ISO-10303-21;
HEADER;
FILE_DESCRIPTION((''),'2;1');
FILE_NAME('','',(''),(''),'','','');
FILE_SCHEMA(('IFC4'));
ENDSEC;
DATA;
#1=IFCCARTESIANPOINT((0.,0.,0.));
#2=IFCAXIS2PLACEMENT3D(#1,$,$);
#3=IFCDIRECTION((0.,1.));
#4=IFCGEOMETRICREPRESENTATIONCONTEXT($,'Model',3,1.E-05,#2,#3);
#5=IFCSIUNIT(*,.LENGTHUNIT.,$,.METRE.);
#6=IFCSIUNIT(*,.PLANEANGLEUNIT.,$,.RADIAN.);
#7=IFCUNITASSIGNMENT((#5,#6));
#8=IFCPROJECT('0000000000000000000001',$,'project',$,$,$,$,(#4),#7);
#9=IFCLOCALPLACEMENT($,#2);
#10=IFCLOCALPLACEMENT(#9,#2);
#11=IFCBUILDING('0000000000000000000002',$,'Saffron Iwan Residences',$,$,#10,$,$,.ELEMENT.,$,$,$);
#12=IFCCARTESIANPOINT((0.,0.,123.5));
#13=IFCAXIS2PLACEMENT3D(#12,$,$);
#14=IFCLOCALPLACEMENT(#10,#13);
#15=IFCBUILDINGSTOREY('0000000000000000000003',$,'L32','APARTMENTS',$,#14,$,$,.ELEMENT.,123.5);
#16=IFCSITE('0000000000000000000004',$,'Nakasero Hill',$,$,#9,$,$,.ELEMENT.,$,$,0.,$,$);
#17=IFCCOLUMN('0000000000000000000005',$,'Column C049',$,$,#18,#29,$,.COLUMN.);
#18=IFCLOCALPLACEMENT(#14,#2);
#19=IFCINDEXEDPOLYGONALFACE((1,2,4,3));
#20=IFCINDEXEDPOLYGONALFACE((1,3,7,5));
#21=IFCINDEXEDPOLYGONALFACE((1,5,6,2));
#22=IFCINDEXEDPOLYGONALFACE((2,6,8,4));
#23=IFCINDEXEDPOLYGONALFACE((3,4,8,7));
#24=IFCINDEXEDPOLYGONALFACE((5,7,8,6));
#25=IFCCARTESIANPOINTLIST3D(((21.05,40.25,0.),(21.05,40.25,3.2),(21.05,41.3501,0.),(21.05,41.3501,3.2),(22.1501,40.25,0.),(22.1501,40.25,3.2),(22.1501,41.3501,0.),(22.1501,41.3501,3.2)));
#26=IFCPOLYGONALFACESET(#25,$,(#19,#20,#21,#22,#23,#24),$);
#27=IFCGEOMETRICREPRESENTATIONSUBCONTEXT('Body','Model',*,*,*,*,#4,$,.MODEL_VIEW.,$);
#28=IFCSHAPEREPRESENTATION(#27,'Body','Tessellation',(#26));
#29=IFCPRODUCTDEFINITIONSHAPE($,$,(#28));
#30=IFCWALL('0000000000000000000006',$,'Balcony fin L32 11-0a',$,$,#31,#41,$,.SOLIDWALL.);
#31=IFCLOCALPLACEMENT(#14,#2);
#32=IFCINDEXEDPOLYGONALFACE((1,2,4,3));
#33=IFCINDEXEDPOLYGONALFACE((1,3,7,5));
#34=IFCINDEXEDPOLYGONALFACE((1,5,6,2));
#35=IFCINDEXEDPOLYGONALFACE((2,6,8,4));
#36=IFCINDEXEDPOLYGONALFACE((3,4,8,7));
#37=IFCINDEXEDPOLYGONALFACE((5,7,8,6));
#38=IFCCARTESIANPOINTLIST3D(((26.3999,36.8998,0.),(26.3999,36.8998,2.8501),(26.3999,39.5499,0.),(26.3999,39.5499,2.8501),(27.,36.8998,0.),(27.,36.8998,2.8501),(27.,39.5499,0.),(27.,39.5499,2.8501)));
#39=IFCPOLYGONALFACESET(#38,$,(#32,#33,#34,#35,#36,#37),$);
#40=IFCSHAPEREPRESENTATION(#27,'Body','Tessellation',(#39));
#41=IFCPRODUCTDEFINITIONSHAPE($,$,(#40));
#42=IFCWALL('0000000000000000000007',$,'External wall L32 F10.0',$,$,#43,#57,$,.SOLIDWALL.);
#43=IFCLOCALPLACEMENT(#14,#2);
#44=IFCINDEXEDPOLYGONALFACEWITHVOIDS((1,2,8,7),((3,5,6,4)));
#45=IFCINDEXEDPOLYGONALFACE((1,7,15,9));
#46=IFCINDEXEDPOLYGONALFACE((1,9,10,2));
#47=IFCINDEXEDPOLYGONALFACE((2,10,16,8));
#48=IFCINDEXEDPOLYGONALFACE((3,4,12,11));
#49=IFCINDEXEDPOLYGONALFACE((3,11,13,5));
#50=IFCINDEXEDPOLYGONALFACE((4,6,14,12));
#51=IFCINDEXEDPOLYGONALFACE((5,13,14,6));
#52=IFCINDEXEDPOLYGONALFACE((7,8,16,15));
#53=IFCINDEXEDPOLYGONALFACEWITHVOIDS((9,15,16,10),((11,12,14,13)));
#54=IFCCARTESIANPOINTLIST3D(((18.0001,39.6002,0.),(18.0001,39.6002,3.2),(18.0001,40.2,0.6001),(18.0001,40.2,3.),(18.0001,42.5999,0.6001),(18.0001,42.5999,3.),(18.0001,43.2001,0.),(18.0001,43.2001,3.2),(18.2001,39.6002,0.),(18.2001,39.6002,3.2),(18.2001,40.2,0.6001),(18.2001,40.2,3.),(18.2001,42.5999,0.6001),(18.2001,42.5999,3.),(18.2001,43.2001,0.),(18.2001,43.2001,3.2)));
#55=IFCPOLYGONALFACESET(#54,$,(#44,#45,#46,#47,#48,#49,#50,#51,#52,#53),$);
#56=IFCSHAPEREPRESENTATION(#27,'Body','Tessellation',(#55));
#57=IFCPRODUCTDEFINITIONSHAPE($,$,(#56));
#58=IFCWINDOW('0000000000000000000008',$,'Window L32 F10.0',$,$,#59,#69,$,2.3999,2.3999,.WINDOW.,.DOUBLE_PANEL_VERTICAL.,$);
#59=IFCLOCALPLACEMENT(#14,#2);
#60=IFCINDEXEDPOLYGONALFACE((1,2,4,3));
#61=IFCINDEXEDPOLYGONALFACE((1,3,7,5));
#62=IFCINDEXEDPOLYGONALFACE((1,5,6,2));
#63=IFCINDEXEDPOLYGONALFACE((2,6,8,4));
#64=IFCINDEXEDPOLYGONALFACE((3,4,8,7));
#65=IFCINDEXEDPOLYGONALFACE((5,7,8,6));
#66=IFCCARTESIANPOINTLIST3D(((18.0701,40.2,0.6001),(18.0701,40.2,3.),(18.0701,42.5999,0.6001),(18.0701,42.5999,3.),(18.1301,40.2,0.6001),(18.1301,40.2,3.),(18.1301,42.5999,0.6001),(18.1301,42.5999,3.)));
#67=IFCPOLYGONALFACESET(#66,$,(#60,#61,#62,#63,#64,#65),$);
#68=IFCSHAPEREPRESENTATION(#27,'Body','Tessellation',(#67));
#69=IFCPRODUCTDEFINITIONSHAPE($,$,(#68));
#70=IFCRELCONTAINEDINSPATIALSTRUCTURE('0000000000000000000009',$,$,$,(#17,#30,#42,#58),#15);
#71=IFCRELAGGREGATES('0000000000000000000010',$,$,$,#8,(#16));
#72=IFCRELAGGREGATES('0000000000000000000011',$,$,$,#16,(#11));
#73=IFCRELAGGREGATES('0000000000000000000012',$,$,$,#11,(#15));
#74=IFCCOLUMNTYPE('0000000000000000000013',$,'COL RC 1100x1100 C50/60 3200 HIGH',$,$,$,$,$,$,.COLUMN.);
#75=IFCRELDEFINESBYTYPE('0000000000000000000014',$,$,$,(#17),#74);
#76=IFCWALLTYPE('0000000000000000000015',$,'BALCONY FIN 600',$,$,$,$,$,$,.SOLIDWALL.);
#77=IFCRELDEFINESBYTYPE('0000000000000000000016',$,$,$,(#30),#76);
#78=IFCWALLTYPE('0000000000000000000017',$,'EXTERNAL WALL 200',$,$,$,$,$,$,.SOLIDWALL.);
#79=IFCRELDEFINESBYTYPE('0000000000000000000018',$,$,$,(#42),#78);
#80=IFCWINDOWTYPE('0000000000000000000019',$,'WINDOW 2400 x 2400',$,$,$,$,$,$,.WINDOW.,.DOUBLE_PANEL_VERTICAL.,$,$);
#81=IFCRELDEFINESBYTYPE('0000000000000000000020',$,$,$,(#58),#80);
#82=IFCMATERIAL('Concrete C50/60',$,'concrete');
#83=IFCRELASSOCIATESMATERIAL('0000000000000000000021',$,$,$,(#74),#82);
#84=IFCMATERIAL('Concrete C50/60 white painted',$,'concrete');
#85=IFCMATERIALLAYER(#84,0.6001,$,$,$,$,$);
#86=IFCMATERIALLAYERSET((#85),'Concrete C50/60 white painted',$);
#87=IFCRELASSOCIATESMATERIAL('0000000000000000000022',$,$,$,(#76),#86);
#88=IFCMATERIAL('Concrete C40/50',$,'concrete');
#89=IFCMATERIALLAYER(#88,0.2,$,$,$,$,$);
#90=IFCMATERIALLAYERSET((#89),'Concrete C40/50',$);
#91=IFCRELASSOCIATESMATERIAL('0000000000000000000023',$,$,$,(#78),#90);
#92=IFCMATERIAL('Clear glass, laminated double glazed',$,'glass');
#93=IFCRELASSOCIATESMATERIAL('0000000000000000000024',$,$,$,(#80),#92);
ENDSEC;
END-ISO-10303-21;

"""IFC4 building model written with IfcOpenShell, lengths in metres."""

from ifc_helpers import new_model, si_unit, direction, frame, frame_2d, origin, origin_2d, place, context, subcontext, project, spatial, rectangle, extrude, source, transform, mapped, material, layer, layer_set, material_profile, profile_set, type_object, element, fill, save


model = new_model("IFC4")

# Units and contexts
model_context = context("Model", 3, precision=1e-05, world=origin(), true_north=direction((0.0, 1.0)))
body_context = subcontext(model_context, "Body", "Model", "MODEL_VIEW")
ifc_project = project(units=[si_unit("LENGTHUNIT", "METRE"), si_unit("PLANEANGLEUNIT", "RADIAN")], contexts=[model_context])

# Site, building, storey
site_placement = place(None, origin())
site = spatial("IfcSite", under=ifc_project, at=site_placement, Name="Nakasero Hill", CompositionType="ELEMENT", RefElevation=0.0)
building_placement = place(site_placement, origin())
building = spatial("IfcBuilding", under=site, at=building_placement, Name="Saffron Iwan Residences", CompositionType="ELEMENT")
storey_placement = place(building_placement, frame((0.0, 0.0, 123.5)))
storey = spatial("IfcBuildingStorey", under=building, at=storey_placement, Name="L32", Description="APARTMENTS", CompositionType="ELEMENT", Elevation=123.5)

# Column
ifc_material_1 = material(Name="Concrete C50/60", Category="concrete")
ifc_material_profile = material_profile(ifc_material_1, rectangle(XDim=1.1001, YDim=1.1001, at=origin_2d()), Name="RC 1100x1100")
ifc_profile_set = profile_set([ifc_material_profile], Name="Concrete C50/60")
column_type = type_object("IfcColumnType", Name="COL RC 1100x1100 C50/60 3200 HIGH", PredefinedType="COLUMN", material=ifc_profile_set)
shared_shape = source(origin(), body_context, "Body", "SweptSolid", [
    extrude(rectangle(XDim=1.1001, YDim=1.1001, at=origin_2d()), origin(), (0.0, 0.0, 1.0), 3.2),
])
column_placement = place(storey_placement, frame((21.6001, 40.8, 0.0), z_axis=(0.0, 0.0, 1.0), x_axis=(1.0, 0.0, 0.0)))
element("IfcColumn", 1, at=column_placement, inside=storey, type_object=column_type, Name="Column C049", PredefinedType="COLUMN", context=body_context, shape_type="MappedRepresentation", body=[
    mapped(shared_shape, transform((0.0, 0.0, 0.0))),
])

# Wall
ifc_material_2 = material(Name="Concrete C50/60 white painted", Category="concrete")
ifc_layer_1 = layer(ifc_material_2, 0.6001)
ifc_layer_set_1 = layer_set([ifc_layer_1], Name="Concrete C50/60 white painted")
wall_type_1 = type_object("IfcWallType", Name="BALCONY FIN 600", PredefinedType="SOLIDWALL", material=ifc_layer_set_1)
wall_1_placement = place(storey_placement, frame((26.7, 39.55, 0.0), z_axis=(0.0, 0.0, 1.0), x_axis=(0.0, -1.0, 0.0)))
element("IfcWall", 2, at=wall_1_placement, inside=storey, type_object=wall_type_1, Name="Balcony fin L32 11-0a", PredefinedType="SOLIDWALL", context=body_context, shape_type="SweptSolid", body=[
    extrude(rectangle(XDim=2.6501, YDim=0.6001, at=frame_2d((1.3252, 0.0))), origin(), (0.0, 0.0, 1.0), 2.8501),
])

# Wall, opening, window
ifc_material_3 = material(Name="Concrete C40/50", Category="concrete")
ifc_layer_2 = layer(ifc_material_3, 0.2)
ifc_layer_set_2 = layer_set([ifc_layer_2], Name="Concrete C40/50")
wall_type_2 = type_object("IfcWallType", Name="EXTERNAL WALL 200", PredefinedType="SOLIDWALL", material=ifc_layer_set_2)
wall_2_placement = place(storey_placement, frame((18.1001, 43.2, 0.0), z_axis=(0.0, 0.0, 1.0), x_axis=(0.0, -1.0, 0.0)))
wall_2 = element("IfcWall", 3, at=wall_2_placement, inside=storey, type_object=wall_type_2, Name="External wall L32 F10.0", PredefinedType="SOLIDWALL", context=body_context, shape_type="SweptSolid", body=[
    extrude(rectangle(XDim=3.5999, YDim=0.2, at=frame_2d((1.7998, 0.0))), origin(), (0.0, 0.0, 1.0), 3.2),
])
opening_1_placement = place(wall_2_placement, frame((0.6001, 0.0, 0.6001)))
opening_1 = element("IfcOpeningElement", 4, at=opening_1_placement, cuts=wall_2, PredefinedType="OPENING", context=body_context, shape_type="SweptSolid", body=[
    extrude(rectangle(XDim=2.3999, YDim=2.3999, at=frame_2d((1.2, 1.2))), frame((0.0, 0.1099, 0.0), z_axis=(0.0, -1.0, 0.0), x_axis=(1.0, 0.0, 0.0)), (0.0, 0.0, 1.0), 0.22),
])
ifc_material_4 = material(Name="Clear glass, laminated double glazed", Category="glass")
window_type_1 = type_object("IfcWindowType", Name="WINDOW 2400 x 2400", PartitioningType="DOUBLE_PANEL_VERTICAL", PredefinedType="WINDOW", material=ifc_material_4)
window_1_placement = place(opening_1_placement, origin())
window_1 = element("IfcWindow", 5, at=window_1_placement, inside=storey, type_object=window_type_1, Name="Window L32 F10.0", OverallHeight=2.3999, OverallWidth=2.3999, PartitioningType="DOUBLE_PANEL_VERTICAL", PredefinedType="WINDOW", context=body_context, shape_type="SweptSolid", body=[
    extrude(rectangle(XDim=2.3999, YDim=2.3999, at=frame_2d((1.2, 1.2))), frame((0.0, 0.03, 0.0), z_axis=(0.0, -1.0, 0.0), x_axis=(1.0, 0.0, 0.0)), (0.0, 0.0, 1.0), 0.0601),
])
fill(opening_1, window_1)

save(model, "model.ifc")
